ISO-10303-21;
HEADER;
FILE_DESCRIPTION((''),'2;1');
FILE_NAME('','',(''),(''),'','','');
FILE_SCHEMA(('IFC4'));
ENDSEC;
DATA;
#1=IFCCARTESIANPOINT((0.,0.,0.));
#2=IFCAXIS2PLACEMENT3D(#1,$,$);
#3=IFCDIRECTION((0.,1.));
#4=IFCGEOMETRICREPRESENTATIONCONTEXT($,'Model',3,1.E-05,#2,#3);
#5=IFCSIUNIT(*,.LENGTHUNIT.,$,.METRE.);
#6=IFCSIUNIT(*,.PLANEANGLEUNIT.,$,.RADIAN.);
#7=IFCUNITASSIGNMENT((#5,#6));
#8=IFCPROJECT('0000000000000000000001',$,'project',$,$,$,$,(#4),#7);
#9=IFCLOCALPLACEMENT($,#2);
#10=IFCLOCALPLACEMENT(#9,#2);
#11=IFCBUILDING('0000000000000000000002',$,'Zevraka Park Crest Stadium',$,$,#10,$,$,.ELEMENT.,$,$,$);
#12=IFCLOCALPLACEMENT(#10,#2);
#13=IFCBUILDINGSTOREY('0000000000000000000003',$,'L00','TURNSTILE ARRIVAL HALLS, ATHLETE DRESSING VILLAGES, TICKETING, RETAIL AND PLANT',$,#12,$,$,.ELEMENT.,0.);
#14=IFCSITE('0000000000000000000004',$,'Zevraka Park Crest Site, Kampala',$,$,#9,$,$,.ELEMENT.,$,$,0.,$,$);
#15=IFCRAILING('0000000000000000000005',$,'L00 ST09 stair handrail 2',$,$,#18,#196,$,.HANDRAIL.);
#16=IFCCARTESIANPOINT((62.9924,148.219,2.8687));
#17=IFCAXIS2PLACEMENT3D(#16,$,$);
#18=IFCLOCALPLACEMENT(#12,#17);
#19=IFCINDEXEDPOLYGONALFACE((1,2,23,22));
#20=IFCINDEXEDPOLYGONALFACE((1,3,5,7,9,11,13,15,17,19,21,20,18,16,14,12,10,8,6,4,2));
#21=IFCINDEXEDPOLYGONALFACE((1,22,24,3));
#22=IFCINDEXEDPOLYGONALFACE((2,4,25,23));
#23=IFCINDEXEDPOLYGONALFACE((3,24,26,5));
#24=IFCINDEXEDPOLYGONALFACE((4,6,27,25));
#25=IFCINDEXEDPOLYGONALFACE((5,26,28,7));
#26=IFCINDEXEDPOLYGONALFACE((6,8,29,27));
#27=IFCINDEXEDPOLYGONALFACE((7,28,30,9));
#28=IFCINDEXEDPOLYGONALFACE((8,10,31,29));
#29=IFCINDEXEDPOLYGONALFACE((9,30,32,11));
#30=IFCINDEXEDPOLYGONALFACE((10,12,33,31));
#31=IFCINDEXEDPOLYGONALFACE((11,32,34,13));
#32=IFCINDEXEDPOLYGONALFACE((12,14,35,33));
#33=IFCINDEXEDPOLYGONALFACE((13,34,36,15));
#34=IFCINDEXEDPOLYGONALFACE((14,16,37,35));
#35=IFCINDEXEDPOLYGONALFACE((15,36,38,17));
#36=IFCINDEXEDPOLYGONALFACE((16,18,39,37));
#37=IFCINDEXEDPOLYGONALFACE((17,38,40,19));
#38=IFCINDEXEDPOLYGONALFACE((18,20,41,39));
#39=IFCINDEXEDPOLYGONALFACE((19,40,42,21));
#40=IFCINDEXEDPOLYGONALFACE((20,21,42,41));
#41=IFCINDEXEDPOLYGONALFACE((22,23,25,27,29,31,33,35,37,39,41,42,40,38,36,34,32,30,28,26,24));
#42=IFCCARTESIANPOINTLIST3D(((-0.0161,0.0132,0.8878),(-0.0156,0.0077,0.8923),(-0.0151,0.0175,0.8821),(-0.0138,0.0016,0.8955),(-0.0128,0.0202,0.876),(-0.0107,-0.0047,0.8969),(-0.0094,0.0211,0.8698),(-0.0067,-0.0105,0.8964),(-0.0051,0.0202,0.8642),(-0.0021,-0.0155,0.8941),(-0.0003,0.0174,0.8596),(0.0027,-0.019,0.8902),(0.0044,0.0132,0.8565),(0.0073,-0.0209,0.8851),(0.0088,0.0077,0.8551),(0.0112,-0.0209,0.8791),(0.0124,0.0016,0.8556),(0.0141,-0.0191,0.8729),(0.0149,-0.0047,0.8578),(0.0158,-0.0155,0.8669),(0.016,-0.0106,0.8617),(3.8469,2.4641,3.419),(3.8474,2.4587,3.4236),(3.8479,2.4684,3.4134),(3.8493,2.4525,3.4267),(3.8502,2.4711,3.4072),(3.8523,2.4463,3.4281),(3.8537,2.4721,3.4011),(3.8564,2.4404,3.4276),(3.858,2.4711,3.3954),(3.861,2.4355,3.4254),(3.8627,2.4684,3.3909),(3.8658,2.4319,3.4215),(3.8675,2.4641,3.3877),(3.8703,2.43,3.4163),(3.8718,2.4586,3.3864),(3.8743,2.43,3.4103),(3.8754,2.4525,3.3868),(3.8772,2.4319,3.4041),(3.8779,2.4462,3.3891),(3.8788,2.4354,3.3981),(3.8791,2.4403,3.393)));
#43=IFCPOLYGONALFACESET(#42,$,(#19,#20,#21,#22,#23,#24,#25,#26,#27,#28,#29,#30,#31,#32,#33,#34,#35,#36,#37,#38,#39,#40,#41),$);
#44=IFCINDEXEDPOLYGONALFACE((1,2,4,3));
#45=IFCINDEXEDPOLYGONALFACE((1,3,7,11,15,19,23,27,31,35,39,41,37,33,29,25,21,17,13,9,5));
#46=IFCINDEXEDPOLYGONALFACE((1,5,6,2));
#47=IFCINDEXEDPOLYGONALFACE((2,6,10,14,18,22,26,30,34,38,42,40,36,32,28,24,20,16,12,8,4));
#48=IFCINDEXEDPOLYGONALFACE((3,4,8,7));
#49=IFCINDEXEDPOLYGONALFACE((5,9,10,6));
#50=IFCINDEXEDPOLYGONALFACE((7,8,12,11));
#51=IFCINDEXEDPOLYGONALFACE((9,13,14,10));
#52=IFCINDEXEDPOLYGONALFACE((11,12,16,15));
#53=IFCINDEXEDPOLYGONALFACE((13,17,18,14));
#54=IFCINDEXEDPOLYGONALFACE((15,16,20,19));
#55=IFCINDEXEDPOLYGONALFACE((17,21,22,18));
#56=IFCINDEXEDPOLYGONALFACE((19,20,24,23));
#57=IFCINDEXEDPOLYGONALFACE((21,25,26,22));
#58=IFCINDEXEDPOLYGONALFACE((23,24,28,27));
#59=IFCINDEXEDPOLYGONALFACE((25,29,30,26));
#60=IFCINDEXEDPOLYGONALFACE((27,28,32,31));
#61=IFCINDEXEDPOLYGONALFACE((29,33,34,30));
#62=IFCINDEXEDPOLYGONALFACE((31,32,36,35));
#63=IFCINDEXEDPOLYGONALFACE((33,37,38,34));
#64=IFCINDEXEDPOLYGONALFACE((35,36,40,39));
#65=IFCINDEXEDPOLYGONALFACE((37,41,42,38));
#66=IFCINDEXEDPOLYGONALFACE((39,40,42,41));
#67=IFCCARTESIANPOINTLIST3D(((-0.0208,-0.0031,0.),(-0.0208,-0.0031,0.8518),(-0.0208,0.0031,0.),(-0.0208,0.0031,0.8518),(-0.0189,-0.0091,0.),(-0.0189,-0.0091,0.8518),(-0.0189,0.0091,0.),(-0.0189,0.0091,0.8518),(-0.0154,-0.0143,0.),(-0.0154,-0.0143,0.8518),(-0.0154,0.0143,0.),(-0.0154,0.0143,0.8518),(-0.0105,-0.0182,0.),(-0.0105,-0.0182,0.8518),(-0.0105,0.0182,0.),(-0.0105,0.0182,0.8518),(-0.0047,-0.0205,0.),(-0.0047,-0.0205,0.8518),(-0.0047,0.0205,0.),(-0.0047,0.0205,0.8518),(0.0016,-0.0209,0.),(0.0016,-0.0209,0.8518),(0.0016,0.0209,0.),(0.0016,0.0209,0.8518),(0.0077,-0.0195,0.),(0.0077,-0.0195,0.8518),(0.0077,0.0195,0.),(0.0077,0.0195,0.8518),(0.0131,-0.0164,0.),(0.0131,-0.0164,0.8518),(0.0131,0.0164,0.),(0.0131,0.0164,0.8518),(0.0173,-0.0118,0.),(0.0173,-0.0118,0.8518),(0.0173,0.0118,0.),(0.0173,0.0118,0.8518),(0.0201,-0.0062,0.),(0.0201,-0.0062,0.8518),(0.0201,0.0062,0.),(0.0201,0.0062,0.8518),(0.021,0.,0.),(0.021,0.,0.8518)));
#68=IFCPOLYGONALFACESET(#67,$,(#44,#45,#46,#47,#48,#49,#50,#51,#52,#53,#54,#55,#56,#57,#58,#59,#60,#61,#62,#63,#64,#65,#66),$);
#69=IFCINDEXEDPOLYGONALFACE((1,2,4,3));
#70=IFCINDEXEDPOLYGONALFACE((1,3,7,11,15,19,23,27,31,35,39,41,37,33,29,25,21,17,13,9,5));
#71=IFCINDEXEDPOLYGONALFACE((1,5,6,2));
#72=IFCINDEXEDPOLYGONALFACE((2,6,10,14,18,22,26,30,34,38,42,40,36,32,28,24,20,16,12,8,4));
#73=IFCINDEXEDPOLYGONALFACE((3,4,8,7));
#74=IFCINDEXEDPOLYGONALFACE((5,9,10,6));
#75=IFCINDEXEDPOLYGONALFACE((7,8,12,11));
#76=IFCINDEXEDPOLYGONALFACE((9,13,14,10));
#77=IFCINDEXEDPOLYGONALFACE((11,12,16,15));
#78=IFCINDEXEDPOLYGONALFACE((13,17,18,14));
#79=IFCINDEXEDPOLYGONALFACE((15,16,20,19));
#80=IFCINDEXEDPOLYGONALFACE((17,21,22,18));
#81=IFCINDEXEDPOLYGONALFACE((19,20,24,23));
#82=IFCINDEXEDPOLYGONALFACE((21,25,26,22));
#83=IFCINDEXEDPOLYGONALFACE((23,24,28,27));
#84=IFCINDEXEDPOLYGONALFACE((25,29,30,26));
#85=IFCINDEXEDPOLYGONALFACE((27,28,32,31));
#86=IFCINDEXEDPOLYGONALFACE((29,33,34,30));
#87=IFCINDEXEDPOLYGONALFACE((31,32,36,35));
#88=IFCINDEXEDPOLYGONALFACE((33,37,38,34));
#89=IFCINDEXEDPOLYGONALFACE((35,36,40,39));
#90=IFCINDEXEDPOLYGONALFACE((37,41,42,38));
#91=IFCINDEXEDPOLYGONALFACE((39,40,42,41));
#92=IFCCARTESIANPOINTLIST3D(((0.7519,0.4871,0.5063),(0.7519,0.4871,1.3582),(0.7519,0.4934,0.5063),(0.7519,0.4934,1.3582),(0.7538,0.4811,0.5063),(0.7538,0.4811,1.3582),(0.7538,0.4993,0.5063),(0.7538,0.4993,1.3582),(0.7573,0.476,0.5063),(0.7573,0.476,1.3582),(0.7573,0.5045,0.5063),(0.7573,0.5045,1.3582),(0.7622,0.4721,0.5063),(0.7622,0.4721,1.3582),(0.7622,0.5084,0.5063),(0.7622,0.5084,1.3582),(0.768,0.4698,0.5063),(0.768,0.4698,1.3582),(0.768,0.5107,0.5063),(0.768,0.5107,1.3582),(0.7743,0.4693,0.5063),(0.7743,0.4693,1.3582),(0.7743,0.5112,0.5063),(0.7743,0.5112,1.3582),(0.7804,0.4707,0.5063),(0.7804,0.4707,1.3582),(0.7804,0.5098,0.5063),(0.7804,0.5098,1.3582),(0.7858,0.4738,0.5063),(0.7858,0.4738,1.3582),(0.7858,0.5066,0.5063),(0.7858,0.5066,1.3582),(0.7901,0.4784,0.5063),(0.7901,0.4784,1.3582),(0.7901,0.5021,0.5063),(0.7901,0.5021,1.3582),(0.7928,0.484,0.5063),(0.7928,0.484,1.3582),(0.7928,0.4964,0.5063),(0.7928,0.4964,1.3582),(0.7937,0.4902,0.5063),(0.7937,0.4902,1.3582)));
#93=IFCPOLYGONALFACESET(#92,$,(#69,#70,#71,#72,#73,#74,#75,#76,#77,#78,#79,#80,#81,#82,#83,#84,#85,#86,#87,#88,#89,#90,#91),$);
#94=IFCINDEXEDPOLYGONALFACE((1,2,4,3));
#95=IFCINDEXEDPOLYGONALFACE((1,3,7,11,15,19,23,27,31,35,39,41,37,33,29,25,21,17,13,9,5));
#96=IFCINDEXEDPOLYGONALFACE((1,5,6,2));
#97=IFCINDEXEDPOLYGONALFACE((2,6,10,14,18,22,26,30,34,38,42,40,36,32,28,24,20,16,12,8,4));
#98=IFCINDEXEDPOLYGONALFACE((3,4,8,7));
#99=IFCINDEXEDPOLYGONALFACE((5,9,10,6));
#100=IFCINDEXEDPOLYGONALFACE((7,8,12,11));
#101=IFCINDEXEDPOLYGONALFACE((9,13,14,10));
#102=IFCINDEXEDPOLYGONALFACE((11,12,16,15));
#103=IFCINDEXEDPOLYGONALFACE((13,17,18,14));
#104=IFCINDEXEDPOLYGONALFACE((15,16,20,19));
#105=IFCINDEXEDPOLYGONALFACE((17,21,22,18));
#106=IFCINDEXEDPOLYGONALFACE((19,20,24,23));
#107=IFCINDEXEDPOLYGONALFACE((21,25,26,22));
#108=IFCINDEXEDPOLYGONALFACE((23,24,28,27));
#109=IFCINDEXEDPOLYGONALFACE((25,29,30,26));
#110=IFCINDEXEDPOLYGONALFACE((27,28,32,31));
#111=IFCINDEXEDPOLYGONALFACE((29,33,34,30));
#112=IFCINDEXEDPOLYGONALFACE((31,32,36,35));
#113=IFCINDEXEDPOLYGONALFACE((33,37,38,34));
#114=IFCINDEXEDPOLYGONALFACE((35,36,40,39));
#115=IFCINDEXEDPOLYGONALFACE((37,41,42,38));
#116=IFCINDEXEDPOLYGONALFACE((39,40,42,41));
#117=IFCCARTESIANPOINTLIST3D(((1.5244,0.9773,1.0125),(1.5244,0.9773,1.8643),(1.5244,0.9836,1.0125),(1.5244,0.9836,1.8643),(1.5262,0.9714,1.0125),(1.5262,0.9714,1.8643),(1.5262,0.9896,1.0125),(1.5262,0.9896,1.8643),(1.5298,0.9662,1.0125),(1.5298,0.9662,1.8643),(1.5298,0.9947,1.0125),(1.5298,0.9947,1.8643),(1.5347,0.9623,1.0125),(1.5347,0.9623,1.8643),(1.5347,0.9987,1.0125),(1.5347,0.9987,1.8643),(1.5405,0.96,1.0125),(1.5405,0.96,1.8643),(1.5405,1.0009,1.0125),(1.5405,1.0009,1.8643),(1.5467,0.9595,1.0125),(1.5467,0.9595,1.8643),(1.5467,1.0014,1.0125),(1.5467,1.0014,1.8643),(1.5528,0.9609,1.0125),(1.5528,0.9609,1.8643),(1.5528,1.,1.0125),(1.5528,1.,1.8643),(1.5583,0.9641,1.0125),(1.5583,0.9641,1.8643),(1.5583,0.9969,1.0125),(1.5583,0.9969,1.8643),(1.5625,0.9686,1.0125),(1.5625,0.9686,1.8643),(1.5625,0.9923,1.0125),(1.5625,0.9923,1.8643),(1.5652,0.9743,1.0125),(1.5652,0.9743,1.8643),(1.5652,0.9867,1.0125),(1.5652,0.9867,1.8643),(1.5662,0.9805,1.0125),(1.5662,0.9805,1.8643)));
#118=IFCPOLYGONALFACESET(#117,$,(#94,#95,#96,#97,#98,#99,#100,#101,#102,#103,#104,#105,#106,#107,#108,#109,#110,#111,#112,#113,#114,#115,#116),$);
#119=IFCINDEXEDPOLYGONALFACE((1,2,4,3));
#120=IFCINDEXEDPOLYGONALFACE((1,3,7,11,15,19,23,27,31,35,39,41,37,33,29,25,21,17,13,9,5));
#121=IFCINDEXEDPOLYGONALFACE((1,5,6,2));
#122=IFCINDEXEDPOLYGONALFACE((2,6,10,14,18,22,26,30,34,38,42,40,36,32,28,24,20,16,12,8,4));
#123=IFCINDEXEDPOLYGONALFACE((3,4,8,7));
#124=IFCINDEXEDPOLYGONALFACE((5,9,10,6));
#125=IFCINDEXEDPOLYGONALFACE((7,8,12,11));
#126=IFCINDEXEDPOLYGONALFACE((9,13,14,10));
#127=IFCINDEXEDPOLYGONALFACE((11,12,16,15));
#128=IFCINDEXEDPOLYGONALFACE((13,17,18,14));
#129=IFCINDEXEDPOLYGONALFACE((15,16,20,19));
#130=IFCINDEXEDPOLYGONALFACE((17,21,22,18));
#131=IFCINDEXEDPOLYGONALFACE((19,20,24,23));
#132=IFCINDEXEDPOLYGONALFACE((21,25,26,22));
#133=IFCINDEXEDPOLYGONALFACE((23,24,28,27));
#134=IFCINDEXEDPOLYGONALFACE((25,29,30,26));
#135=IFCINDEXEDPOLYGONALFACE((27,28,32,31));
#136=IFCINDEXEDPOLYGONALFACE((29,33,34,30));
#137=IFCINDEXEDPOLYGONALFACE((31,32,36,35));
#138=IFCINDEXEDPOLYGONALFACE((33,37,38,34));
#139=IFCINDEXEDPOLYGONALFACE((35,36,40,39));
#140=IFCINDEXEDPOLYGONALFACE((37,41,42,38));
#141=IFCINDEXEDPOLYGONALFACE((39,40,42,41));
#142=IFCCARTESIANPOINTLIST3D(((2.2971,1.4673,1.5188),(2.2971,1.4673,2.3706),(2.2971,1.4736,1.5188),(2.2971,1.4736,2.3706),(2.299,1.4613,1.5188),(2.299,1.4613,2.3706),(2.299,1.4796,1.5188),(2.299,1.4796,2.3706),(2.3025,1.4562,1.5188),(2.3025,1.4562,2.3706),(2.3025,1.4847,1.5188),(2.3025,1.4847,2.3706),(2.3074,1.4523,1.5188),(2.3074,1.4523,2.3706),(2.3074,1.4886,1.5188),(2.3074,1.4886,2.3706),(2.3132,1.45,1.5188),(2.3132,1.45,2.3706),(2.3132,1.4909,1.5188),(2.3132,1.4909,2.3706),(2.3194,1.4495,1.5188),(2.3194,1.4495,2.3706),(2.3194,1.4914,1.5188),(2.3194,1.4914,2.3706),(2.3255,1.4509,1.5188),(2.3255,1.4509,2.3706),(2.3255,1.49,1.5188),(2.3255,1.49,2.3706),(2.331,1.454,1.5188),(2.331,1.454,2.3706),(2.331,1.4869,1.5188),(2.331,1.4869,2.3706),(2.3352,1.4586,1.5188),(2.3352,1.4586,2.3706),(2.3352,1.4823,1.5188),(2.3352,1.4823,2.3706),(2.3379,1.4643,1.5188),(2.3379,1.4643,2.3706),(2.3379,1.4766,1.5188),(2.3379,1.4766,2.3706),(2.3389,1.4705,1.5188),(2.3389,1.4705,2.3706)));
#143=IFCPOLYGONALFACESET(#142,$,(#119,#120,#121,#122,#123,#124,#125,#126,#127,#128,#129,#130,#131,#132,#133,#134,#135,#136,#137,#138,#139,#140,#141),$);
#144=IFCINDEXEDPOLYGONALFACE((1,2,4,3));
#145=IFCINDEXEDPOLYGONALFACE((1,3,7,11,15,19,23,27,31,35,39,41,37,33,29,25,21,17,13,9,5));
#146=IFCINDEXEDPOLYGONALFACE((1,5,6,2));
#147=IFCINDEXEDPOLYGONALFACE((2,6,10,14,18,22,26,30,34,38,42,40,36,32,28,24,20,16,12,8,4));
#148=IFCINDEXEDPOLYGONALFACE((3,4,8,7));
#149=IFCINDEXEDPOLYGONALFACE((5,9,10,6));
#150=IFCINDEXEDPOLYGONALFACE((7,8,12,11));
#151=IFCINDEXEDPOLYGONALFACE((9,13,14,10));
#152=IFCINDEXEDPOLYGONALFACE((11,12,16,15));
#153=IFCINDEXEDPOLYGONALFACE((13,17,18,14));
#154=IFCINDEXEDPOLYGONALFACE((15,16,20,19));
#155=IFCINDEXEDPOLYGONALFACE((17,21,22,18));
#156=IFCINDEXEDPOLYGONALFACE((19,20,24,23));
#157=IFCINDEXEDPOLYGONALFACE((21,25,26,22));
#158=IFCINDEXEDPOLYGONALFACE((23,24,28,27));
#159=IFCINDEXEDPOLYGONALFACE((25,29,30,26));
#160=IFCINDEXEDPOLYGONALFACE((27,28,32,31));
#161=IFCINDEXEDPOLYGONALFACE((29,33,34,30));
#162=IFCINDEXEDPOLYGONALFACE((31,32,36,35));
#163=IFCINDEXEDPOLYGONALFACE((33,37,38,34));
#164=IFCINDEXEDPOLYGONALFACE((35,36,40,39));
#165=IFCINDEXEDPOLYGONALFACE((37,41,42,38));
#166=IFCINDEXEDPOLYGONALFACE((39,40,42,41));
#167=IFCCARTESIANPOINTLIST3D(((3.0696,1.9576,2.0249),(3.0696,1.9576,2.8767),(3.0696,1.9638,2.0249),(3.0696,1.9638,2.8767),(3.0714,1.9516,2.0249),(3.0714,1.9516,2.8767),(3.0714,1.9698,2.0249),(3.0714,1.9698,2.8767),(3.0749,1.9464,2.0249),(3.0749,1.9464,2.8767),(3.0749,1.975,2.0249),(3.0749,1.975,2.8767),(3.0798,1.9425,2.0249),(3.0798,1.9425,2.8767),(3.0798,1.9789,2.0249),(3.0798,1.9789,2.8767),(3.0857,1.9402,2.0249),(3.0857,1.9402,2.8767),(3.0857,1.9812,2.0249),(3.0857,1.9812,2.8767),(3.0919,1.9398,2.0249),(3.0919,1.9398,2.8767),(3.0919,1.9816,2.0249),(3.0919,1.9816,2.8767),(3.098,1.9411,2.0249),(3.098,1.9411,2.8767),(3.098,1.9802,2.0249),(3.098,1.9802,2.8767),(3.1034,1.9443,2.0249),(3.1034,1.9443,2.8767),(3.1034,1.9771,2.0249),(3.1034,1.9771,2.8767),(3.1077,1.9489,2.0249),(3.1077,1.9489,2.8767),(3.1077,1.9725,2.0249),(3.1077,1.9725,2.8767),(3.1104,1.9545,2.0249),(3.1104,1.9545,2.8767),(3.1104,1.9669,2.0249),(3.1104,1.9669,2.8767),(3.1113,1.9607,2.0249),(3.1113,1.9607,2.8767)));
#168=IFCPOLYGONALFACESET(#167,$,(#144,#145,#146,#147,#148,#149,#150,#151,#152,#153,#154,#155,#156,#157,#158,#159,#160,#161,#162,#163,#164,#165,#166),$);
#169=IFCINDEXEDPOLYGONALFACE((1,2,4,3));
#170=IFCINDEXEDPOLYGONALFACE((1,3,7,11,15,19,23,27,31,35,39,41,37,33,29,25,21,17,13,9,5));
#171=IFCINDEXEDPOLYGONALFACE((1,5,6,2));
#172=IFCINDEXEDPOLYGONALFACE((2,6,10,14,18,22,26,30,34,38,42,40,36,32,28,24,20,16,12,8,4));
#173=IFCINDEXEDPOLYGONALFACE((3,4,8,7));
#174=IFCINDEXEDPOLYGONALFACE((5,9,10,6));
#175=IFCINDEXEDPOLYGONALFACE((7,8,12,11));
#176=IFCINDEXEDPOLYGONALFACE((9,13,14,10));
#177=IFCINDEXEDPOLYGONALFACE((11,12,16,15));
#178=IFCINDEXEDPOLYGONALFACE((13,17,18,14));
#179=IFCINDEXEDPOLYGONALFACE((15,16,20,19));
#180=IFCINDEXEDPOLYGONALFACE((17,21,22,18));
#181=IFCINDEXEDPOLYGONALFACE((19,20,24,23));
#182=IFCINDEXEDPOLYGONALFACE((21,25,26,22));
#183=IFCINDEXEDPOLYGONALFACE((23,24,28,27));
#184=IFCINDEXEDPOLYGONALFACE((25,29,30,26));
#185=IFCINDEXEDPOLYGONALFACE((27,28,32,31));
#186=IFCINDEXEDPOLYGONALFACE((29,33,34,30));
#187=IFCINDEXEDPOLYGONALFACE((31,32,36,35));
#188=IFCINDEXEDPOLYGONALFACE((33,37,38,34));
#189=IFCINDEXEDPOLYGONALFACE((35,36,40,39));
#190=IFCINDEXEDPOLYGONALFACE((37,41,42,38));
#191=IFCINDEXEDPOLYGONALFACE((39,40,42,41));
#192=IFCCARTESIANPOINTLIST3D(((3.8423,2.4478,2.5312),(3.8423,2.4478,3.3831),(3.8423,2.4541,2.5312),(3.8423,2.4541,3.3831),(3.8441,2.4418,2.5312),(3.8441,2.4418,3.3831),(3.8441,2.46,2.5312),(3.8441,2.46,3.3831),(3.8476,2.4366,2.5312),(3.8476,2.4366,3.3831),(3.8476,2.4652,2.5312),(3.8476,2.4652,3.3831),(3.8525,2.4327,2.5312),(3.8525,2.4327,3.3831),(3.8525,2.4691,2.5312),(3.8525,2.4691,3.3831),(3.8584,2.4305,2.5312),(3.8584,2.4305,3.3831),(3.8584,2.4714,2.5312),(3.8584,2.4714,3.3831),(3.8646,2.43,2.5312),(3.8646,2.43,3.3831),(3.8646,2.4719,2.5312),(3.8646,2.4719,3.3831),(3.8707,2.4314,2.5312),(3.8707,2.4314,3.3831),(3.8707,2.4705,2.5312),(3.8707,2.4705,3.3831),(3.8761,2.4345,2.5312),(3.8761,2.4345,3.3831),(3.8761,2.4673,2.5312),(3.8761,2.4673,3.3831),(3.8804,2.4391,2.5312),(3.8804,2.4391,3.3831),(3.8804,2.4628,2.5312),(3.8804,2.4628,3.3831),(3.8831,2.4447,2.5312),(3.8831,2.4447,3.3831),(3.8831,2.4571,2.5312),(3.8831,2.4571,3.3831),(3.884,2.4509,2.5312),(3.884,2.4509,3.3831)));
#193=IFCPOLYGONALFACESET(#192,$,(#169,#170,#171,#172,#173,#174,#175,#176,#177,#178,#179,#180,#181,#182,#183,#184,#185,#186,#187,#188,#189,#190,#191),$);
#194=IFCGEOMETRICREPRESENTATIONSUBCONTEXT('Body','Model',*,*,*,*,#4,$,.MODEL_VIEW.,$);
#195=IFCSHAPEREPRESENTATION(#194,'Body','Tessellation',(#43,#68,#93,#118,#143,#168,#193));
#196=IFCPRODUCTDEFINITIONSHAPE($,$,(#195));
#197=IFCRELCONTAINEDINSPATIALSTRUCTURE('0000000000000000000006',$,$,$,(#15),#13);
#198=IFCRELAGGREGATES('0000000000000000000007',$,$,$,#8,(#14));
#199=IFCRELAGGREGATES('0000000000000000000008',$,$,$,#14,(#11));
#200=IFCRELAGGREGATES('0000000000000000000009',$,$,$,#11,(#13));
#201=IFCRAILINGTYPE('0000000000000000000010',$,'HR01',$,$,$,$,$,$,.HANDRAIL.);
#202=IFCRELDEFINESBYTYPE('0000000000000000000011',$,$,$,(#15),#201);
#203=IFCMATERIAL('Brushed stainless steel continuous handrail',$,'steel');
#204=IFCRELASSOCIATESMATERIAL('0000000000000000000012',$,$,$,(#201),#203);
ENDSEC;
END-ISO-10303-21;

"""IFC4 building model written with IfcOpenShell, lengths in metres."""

from ifc_helpers import new_model, si_unit, direction, frame, origin, origin_2d, place, context, subcontext, project, spatial, circle, extrude, material, type_object, element, save


model = new_model("IFC4")

# Units and contexts
model_context = context("Model", 3, precision=1e-05, world=origin(), true_north=direction((0.0, 1.0)))
body_context = subcontext(model_context, "Body", "Model", "MODEL_VIEW")
ifc_project = project(units=[si_unit("LENGTHUNIT", "METRE"), si_unit("PLANEANGLEUNIT", "RADIAN")], contexts=[model_context])

# Site, building, storey
site_placement = place(None, origin())
site = spatial("IfcSite", under=ifc_project, at=site_placement, Name="Zevraka Park Crest Site, Kampala", CompositionType="ELEMENT", RefElevation=0.0)
building_placement = place(site_placement, origin())
building = spatial("IfcBuilding", under=site, at=building_placement, Name="Zevraka Park Crest Stadium", CompositionType="ELEMENT")
storey_placement = place(building_placement, origin())
storey = spatial("IfcBuildingStorey", under=building, at=storey_placement, Name="L00", Description="TURNSTILE ARRIVAL HALLS, ATHLETE DRESSING VILLAGES, TICKETING, RETAIL AND PLANT", CompositionType="ELEMENT", Elevation=0.0)

# Railing
ifc_material_1 = material(Name="Brushed stainless steel continuous handrail", Category="steel")
railing_type_1 = type_object("IfcRailingType", Name="HR01", PredefinedType="HANDRAIL", material=ifc_material_1)
railing_1_placement = place(storey_placement, frame((62.9924, 148.219, 2.8687)))
element("IfcRailing", 1, at=railing_1_placement, inside=storey, type_object=railing_type_1, Name="L00 ST09 stair handrail 2", PredefinedType="HANDRAIL", context=body_context, shape_type="SweptSolid", body=[
    extrude(circle(Radius=0.0239, at=origin_2d()), frame((0.0, 0.0, 0.876), z_axis=(0.738841, 0.468762, 0.484124), x_axis=(-0.535729, 0.84439, 0.0)), (0.0, 0.0, 1.0), 5.2285),
    extrude(circle(Radius=0.021, at=origin_2d()), origin(), (0.0, 0.0, 1.0), 0.8518),
    extrude(circle(Radius=0.021, at=origin_2d()), frame((0.7727, 0.4902, 0.5063)), (0.0, 0.0, 1.0), 0.8518),
    extrude(circle(Radius=0.021, at=origin_2d()), frame((1.5452, 0.9805, 1.0125)), (0.0, 0.0, 1.0), 0.8518),
    extrude(circle(Radius=0.021, at=origin_2d()), frame((2.3179, 1.4705, 1.5188)), (0.0, 0.0, 1.0), 0.8518),
    extrude(circle(Radius=0.021, at=origin_2d()), frame((3.0903, 1.9607, 2.0249)), (0.0, 0.0, 1.0), 0.8518),
    extrude(circle(Radius=0.021, at=origin_2d()), frame((3.863, 2.4509, 2.5312)), (0.0, 0.0, 1.0), 0.8518),
])

save(model, "model.ifc")
